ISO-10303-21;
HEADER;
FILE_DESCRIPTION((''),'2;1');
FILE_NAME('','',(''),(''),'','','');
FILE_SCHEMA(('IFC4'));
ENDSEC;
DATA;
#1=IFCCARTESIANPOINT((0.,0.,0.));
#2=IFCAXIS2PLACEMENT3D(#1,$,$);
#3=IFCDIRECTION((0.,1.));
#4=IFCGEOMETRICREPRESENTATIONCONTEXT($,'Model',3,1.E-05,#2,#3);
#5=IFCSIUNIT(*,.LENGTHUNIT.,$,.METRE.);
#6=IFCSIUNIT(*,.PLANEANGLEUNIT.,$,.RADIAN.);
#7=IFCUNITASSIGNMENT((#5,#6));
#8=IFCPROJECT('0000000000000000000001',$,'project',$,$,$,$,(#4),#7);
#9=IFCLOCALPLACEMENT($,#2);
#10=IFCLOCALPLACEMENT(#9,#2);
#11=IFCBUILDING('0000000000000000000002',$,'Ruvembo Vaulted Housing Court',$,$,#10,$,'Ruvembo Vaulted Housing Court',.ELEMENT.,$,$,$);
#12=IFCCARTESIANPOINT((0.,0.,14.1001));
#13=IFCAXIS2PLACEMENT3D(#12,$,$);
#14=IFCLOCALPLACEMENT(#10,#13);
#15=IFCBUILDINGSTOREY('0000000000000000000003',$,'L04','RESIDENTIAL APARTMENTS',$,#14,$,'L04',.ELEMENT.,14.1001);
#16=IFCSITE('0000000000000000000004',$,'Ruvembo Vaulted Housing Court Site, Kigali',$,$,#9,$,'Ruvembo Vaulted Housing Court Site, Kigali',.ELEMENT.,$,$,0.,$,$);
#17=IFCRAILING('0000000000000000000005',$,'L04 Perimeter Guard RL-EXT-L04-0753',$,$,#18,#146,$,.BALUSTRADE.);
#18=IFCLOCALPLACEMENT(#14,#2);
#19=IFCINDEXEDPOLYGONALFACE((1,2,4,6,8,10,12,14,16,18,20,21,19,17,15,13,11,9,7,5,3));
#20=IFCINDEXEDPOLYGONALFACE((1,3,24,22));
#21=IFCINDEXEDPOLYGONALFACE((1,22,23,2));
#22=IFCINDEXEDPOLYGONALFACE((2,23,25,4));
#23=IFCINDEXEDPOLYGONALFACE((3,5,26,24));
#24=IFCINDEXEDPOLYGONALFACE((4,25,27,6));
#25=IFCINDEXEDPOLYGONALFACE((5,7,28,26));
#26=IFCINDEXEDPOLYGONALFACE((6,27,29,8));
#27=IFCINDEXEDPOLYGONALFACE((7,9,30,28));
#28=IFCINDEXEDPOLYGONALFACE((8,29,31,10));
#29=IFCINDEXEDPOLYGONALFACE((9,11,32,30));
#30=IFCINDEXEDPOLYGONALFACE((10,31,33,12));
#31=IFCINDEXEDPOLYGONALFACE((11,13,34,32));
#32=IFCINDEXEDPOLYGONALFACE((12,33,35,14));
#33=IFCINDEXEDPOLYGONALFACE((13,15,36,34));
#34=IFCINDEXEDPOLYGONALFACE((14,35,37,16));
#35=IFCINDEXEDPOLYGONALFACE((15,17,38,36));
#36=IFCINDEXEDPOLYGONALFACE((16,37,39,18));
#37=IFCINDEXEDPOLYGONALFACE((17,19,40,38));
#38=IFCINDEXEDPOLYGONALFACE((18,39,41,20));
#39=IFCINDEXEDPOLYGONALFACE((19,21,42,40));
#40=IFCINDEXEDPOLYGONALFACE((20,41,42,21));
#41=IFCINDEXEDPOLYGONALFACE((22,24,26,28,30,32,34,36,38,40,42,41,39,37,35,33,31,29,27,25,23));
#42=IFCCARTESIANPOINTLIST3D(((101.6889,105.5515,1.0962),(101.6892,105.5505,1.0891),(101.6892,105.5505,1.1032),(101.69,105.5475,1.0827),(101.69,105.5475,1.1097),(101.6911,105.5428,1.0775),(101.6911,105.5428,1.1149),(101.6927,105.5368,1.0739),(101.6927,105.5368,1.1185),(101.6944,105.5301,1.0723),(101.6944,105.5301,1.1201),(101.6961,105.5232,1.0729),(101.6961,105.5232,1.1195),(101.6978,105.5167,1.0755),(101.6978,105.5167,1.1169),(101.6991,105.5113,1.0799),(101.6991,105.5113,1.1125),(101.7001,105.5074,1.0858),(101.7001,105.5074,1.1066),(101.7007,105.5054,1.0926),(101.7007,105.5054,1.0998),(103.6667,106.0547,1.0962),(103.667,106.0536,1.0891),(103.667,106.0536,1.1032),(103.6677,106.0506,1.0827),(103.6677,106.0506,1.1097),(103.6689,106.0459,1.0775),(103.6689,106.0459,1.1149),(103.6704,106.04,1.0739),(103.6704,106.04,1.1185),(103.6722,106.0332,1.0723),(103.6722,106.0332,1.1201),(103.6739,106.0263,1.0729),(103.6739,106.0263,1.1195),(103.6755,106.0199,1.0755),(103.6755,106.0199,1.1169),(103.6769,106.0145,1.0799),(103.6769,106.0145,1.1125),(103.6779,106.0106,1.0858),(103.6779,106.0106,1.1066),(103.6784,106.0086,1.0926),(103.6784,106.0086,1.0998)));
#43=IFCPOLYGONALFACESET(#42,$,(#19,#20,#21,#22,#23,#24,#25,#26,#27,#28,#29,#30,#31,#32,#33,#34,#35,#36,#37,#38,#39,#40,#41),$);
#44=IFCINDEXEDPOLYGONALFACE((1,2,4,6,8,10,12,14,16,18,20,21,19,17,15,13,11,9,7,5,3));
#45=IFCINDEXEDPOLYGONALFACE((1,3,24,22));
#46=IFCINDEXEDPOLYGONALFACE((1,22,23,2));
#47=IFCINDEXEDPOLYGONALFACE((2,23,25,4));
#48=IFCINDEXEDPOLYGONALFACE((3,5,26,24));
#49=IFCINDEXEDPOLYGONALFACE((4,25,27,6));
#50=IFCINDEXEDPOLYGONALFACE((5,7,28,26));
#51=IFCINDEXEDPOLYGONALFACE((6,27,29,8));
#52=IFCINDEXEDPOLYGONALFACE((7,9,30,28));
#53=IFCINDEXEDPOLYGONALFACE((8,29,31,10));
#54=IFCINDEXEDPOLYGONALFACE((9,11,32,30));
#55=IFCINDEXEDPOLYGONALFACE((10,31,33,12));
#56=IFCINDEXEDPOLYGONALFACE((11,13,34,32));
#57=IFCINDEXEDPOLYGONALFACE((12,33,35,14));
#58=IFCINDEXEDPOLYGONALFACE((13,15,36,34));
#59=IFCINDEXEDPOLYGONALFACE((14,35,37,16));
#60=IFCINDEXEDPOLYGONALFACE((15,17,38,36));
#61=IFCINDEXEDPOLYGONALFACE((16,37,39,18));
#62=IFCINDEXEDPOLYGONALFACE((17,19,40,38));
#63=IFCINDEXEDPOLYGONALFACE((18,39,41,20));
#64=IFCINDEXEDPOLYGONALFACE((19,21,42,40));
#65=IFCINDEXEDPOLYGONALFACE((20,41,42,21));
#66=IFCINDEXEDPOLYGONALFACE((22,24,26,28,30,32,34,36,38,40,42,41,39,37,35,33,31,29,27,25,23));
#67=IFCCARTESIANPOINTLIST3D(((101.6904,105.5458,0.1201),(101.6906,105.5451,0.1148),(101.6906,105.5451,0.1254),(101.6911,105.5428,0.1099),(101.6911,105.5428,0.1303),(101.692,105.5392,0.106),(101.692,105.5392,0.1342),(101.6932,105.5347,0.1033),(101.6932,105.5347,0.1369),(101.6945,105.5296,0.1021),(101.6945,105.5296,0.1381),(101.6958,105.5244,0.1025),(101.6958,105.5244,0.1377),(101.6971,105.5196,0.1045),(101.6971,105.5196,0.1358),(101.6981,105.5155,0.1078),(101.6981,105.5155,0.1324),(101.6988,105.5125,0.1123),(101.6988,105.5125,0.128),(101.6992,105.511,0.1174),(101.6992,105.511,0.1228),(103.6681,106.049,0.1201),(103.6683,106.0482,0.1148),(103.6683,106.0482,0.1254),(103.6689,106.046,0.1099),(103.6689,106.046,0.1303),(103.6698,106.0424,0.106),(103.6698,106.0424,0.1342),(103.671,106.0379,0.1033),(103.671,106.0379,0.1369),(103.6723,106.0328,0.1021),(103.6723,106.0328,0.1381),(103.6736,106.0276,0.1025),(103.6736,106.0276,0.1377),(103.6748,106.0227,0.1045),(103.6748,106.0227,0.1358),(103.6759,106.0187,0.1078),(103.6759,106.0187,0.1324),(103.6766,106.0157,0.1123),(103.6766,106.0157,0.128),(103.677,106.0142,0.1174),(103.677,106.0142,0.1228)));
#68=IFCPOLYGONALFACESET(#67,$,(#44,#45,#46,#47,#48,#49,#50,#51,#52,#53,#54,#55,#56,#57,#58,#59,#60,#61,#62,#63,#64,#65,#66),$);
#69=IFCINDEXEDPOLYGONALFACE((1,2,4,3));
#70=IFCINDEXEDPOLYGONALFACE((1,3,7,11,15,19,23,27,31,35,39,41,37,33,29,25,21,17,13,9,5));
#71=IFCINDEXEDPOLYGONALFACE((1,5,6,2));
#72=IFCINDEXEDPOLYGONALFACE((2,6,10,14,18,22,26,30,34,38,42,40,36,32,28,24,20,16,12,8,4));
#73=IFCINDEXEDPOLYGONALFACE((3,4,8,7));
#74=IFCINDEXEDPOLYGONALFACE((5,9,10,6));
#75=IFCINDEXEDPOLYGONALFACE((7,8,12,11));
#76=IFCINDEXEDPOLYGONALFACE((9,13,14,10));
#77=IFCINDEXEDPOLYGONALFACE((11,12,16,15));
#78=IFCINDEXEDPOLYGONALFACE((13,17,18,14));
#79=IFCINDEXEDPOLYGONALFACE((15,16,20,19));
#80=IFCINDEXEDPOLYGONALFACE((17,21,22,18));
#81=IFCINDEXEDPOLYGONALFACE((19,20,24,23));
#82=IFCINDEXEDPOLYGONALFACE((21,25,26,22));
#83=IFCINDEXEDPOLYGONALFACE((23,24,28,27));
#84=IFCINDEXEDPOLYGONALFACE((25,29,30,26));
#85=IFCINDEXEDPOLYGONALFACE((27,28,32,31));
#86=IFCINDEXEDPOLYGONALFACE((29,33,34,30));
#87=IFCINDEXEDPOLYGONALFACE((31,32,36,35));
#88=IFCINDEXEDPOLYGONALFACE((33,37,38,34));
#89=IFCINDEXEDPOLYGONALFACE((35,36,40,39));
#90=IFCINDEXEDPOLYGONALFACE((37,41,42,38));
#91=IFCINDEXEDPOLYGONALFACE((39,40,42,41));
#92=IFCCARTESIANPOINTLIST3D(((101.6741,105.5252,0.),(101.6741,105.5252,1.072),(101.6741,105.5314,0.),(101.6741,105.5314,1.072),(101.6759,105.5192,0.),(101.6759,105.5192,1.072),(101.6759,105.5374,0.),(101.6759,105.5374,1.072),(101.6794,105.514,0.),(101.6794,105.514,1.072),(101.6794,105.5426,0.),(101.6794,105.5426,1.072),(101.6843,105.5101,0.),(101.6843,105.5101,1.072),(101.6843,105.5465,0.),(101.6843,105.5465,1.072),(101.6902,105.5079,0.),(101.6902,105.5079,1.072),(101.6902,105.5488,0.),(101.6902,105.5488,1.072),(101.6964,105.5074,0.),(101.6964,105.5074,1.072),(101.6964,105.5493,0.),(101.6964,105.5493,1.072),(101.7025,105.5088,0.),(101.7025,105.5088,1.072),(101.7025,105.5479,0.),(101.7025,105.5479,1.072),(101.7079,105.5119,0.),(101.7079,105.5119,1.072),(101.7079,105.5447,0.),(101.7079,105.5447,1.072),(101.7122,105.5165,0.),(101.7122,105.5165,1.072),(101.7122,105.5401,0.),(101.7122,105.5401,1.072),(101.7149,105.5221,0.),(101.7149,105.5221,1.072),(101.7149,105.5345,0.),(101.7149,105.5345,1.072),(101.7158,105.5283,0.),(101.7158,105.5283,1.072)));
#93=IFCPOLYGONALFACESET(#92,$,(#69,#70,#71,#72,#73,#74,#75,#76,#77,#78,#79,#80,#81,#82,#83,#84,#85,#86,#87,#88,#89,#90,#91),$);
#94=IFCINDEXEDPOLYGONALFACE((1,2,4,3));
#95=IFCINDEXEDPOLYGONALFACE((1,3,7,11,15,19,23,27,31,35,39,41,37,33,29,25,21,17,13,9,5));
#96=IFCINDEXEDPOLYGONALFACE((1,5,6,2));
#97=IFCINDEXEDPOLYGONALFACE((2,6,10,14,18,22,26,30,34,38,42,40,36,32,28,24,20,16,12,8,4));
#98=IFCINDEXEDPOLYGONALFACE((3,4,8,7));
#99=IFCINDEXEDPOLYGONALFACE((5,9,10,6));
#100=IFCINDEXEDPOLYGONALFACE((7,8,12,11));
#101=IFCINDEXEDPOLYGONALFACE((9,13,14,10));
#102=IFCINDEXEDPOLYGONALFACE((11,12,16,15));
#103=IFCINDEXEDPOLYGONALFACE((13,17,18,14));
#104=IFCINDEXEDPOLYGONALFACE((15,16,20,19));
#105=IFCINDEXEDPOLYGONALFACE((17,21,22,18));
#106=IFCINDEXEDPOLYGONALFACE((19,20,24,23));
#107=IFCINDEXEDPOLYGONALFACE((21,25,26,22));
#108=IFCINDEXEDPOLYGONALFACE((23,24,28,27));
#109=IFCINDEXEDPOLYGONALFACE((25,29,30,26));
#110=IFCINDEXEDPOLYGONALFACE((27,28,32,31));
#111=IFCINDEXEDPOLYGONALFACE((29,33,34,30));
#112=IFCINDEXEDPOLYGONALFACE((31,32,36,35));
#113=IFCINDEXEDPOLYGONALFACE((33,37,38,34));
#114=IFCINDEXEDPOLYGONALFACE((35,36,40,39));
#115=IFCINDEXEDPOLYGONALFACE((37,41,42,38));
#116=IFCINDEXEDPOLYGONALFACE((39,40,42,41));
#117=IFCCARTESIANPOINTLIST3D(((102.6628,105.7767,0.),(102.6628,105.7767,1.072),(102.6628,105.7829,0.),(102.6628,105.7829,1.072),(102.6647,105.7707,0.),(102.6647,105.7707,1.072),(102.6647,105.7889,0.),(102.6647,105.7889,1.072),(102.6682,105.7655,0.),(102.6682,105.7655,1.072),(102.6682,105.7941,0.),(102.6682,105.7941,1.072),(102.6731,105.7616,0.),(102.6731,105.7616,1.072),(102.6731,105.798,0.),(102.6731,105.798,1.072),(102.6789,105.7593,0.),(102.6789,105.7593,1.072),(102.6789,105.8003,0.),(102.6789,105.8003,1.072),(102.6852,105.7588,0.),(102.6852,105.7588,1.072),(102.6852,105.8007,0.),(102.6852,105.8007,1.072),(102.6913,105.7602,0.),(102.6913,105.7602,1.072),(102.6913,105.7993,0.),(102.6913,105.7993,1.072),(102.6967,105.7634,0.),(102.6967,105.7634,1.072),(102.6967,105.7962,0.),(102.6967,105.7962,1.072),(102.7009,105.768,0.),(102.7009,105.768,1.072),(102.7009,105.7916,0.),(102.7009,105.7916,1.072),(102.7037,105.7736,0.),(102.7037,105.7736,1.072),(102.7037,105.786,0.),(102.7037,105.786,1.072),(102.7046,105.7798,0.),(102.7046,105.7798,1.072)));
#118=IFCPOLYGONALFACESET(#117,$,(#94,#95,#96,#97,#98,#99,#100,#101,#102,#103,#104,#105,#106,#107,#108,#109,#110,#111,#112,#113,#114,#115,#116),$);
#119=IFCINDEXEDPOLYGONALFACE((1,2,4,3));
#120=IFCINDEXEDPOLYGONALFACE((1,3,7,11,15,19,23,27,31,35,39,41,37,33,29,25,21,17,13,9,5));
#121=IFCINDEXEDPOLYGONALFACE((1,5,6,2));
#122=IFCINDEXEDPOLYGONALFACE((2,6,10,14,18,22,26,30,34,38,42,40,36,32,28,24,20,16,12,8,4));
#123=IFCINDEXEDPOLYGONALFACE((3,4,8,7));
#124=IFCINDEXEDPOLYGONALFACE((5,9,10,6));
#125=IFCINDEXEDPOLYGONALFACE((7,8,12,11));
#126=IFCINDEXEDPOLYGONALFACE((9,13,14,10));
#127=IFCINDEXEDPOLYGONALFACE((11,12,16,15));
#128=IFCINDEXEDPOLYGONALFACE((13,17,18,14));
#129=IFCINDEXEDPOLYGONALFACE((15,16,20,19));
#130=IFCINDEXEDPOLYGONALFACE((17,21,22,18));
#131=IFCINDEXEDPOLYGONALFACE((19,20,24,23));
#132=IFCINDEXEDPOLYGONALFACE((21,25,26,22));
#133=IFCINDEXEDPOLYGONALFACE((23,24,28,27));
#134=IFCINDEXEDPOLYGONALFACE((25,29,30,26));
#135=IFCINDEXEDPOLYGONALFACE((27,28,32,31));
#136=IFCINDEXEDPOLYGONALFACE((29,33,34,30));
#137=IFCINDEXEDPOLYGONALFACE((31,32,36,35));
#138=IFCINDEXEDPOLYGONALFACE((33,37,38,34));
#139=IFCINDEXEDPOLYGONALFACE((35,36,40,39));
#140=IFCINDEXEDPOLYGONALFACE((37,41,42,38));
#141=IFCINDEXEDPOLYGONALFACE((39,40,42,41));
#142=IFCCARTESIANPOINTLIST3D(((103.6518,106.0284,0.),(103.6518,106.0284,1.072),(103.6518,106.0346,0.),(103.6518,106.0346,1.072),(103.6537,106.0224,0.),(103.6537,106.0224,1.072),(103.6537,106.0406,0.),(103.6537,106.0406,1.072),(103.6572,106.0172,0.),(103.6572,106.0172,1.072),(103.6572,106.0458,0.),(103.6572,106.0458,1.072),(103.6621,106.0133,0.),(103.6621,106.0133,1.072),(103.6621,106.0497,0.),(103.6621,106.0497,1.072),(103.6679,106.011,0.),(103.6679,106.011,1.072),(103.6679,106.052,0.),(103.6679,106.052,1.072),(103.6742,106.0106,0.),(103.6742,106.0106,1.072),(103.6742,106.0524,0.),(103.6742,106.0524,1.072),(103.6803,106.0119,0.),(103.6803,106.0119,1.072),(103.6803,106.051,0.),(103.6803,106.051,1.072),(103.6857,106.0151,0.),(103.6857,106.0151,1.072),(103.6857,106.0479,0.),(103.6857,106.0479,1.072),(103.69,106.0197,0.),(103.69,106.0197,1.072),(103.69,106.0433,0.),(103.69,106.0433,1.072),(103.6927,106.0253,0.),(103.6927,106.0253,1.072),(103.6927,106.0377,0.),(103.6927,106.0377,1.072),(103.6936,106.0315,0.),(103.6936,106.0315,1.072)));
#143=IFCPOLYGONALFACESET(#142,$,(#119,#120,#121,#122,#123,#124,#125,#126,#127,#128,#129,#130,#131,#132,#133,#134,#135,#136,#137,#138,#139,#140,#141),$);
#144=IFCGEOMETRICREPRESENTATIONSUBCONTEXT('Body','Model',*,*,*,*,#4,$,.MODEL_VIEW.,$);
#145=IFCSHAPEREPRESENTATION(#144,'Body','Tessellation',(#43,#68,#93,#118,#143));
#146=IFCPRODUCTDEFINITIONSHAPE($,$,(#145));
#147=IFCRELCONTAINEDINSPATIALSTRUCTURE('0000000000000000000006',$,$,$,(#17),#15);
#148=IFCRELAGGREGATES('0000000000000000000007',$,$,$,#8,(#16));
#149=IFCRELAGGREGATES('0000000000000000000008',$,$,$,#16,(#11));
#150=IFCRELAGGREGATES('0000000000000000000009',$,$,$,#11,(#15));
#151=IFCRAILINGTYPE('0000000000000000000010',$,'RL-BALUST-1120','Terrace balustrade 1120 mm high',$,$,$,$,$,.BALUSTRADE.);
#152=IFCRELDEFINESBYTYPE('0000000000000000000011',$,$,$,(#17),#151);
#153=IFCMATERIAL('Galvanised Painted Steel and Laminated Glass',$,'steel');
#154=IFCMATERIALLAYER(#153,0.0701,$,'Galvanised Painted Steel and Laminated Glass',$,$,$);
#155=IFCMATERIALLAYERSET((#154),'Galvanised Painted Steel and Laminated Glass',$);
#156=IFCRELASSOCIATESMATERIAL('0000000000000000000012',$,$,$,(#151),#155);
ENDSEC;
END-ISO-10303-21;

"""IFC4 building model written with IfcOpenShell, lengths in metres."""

from ifc_helpers import new_model, si_unit, direction, frame, origin, origin_2d, place, context, subcontext, project, spatial, circle, extrude, material, layer, layer_set, type_object, element, save


model = new_model("IFC4")

# Units and contexts
model_context = context("Model", 3, precision=1e-05, world=origin(), true_north=direction((0.0, 1.0)))
body_context = subcontext(model_context, "Body", "Model", "MODEL_VIEW")
ifc_project = project(units=[si_unit("LENGTHUNIT", "METRE"), si_unit("PLANEANGLEUNIT", "RADIAN")], contexts=[model_context])

# Site, building, storey
site_placement = place(None, origin())
site = spatial("IfcSite", under=ifc_project, at=site_placement, Name="Ruvembo Vaulted Housing Court Site, Kigali", LongName="Ruvembo Vaulted Housing Court Site, Kigali", CompositionType="ELEMENT", RefElevation=0.0)
building_placement = place(site_placement, origin())
building = spatial("IfcBuilding", under=site, at=building_placement, Name="Ruvembo Vaulted Housing Court", LongName="Ruvembo Vaulted Housing Court", CompositionType="ELEMENT")
storey_placement = place(building_placement, frame((0.0, 0.0, 14.1001)))
storey = spatial("IfcBuildingStorey", under=building, at=storey_placement, Name="L04", Description="RESIDENTIAL APARTMENTS", LongName="L04", CompositionType="ELEMENT", Elevation=14.1001)

# Railing
ifc_material_1 = material(Name="Galvanised Painted Steel and Laminated Glass", Category="steel")
ifc_layer_1 = layer(ifc_material_1, 0.0701, Name="Galvanised Painted Steel and Laminated Glass")
ifc_layer_set_1 = layer_set([ifc_layer_1], Name="Galvanised Painted Steel and Laminated Glass")
railing_type = type_object("IfcRailingType", Name="RL-BALUST-1120", Description="Terrace balustrade 1120 mm high", PredefinedType="BALUSTRADE", material=ifc_layer_set_1)
railing_1_placement = place(storey_placement, frame((101.6948, 105.5283, 0.0)))
element("IfcRailing", 1, at=railing_1_placement, inside=storey, type_object=railing_type, Name="L04 Perimeter Guard RL-EXT-L04-0753", PredefinedType="BALUSTRADE", context=body_context, shape_type="SweptSolid", body=[
    extrude(circle(Radius=0.0239, at=origin_2d()), frame((0.0, 0.0, 1.0962), z_axis=(0.969128, 0.246559, 0.0), x_axis=(-0.246559, 0.969128, 0.0)), (0.0, 0.0, 1.0), 2.0408),
    extrude(circle(Radius=0.0181, at=origin_2d()), frame((0.0, 0.0, 0.1201), z_axis=(0.969128, 0.246559, 0.0), x_axis=(-0.246559, 0.969128, 0.0)), (0.0, 0.0, 1.0), 2.0408),
    extrude(circle(Radius=0.021, at=origin_2d()), origin(), (0.0, 0.0, 1.0), 1.072),
    extrude(circle(Radius=0.021, at=origin_2d()), frame((0.9888, 0.2515, 0.0)), (0.0, 0.0, 1.0), 1.072),
    extrude(circle(Radius=0.021, at=origin_2d()), frame((1.9778, 0.5032, 0.0)), (0.0, 0.0, 1.0), 1.072),
])

save(model, "model.ifc")
